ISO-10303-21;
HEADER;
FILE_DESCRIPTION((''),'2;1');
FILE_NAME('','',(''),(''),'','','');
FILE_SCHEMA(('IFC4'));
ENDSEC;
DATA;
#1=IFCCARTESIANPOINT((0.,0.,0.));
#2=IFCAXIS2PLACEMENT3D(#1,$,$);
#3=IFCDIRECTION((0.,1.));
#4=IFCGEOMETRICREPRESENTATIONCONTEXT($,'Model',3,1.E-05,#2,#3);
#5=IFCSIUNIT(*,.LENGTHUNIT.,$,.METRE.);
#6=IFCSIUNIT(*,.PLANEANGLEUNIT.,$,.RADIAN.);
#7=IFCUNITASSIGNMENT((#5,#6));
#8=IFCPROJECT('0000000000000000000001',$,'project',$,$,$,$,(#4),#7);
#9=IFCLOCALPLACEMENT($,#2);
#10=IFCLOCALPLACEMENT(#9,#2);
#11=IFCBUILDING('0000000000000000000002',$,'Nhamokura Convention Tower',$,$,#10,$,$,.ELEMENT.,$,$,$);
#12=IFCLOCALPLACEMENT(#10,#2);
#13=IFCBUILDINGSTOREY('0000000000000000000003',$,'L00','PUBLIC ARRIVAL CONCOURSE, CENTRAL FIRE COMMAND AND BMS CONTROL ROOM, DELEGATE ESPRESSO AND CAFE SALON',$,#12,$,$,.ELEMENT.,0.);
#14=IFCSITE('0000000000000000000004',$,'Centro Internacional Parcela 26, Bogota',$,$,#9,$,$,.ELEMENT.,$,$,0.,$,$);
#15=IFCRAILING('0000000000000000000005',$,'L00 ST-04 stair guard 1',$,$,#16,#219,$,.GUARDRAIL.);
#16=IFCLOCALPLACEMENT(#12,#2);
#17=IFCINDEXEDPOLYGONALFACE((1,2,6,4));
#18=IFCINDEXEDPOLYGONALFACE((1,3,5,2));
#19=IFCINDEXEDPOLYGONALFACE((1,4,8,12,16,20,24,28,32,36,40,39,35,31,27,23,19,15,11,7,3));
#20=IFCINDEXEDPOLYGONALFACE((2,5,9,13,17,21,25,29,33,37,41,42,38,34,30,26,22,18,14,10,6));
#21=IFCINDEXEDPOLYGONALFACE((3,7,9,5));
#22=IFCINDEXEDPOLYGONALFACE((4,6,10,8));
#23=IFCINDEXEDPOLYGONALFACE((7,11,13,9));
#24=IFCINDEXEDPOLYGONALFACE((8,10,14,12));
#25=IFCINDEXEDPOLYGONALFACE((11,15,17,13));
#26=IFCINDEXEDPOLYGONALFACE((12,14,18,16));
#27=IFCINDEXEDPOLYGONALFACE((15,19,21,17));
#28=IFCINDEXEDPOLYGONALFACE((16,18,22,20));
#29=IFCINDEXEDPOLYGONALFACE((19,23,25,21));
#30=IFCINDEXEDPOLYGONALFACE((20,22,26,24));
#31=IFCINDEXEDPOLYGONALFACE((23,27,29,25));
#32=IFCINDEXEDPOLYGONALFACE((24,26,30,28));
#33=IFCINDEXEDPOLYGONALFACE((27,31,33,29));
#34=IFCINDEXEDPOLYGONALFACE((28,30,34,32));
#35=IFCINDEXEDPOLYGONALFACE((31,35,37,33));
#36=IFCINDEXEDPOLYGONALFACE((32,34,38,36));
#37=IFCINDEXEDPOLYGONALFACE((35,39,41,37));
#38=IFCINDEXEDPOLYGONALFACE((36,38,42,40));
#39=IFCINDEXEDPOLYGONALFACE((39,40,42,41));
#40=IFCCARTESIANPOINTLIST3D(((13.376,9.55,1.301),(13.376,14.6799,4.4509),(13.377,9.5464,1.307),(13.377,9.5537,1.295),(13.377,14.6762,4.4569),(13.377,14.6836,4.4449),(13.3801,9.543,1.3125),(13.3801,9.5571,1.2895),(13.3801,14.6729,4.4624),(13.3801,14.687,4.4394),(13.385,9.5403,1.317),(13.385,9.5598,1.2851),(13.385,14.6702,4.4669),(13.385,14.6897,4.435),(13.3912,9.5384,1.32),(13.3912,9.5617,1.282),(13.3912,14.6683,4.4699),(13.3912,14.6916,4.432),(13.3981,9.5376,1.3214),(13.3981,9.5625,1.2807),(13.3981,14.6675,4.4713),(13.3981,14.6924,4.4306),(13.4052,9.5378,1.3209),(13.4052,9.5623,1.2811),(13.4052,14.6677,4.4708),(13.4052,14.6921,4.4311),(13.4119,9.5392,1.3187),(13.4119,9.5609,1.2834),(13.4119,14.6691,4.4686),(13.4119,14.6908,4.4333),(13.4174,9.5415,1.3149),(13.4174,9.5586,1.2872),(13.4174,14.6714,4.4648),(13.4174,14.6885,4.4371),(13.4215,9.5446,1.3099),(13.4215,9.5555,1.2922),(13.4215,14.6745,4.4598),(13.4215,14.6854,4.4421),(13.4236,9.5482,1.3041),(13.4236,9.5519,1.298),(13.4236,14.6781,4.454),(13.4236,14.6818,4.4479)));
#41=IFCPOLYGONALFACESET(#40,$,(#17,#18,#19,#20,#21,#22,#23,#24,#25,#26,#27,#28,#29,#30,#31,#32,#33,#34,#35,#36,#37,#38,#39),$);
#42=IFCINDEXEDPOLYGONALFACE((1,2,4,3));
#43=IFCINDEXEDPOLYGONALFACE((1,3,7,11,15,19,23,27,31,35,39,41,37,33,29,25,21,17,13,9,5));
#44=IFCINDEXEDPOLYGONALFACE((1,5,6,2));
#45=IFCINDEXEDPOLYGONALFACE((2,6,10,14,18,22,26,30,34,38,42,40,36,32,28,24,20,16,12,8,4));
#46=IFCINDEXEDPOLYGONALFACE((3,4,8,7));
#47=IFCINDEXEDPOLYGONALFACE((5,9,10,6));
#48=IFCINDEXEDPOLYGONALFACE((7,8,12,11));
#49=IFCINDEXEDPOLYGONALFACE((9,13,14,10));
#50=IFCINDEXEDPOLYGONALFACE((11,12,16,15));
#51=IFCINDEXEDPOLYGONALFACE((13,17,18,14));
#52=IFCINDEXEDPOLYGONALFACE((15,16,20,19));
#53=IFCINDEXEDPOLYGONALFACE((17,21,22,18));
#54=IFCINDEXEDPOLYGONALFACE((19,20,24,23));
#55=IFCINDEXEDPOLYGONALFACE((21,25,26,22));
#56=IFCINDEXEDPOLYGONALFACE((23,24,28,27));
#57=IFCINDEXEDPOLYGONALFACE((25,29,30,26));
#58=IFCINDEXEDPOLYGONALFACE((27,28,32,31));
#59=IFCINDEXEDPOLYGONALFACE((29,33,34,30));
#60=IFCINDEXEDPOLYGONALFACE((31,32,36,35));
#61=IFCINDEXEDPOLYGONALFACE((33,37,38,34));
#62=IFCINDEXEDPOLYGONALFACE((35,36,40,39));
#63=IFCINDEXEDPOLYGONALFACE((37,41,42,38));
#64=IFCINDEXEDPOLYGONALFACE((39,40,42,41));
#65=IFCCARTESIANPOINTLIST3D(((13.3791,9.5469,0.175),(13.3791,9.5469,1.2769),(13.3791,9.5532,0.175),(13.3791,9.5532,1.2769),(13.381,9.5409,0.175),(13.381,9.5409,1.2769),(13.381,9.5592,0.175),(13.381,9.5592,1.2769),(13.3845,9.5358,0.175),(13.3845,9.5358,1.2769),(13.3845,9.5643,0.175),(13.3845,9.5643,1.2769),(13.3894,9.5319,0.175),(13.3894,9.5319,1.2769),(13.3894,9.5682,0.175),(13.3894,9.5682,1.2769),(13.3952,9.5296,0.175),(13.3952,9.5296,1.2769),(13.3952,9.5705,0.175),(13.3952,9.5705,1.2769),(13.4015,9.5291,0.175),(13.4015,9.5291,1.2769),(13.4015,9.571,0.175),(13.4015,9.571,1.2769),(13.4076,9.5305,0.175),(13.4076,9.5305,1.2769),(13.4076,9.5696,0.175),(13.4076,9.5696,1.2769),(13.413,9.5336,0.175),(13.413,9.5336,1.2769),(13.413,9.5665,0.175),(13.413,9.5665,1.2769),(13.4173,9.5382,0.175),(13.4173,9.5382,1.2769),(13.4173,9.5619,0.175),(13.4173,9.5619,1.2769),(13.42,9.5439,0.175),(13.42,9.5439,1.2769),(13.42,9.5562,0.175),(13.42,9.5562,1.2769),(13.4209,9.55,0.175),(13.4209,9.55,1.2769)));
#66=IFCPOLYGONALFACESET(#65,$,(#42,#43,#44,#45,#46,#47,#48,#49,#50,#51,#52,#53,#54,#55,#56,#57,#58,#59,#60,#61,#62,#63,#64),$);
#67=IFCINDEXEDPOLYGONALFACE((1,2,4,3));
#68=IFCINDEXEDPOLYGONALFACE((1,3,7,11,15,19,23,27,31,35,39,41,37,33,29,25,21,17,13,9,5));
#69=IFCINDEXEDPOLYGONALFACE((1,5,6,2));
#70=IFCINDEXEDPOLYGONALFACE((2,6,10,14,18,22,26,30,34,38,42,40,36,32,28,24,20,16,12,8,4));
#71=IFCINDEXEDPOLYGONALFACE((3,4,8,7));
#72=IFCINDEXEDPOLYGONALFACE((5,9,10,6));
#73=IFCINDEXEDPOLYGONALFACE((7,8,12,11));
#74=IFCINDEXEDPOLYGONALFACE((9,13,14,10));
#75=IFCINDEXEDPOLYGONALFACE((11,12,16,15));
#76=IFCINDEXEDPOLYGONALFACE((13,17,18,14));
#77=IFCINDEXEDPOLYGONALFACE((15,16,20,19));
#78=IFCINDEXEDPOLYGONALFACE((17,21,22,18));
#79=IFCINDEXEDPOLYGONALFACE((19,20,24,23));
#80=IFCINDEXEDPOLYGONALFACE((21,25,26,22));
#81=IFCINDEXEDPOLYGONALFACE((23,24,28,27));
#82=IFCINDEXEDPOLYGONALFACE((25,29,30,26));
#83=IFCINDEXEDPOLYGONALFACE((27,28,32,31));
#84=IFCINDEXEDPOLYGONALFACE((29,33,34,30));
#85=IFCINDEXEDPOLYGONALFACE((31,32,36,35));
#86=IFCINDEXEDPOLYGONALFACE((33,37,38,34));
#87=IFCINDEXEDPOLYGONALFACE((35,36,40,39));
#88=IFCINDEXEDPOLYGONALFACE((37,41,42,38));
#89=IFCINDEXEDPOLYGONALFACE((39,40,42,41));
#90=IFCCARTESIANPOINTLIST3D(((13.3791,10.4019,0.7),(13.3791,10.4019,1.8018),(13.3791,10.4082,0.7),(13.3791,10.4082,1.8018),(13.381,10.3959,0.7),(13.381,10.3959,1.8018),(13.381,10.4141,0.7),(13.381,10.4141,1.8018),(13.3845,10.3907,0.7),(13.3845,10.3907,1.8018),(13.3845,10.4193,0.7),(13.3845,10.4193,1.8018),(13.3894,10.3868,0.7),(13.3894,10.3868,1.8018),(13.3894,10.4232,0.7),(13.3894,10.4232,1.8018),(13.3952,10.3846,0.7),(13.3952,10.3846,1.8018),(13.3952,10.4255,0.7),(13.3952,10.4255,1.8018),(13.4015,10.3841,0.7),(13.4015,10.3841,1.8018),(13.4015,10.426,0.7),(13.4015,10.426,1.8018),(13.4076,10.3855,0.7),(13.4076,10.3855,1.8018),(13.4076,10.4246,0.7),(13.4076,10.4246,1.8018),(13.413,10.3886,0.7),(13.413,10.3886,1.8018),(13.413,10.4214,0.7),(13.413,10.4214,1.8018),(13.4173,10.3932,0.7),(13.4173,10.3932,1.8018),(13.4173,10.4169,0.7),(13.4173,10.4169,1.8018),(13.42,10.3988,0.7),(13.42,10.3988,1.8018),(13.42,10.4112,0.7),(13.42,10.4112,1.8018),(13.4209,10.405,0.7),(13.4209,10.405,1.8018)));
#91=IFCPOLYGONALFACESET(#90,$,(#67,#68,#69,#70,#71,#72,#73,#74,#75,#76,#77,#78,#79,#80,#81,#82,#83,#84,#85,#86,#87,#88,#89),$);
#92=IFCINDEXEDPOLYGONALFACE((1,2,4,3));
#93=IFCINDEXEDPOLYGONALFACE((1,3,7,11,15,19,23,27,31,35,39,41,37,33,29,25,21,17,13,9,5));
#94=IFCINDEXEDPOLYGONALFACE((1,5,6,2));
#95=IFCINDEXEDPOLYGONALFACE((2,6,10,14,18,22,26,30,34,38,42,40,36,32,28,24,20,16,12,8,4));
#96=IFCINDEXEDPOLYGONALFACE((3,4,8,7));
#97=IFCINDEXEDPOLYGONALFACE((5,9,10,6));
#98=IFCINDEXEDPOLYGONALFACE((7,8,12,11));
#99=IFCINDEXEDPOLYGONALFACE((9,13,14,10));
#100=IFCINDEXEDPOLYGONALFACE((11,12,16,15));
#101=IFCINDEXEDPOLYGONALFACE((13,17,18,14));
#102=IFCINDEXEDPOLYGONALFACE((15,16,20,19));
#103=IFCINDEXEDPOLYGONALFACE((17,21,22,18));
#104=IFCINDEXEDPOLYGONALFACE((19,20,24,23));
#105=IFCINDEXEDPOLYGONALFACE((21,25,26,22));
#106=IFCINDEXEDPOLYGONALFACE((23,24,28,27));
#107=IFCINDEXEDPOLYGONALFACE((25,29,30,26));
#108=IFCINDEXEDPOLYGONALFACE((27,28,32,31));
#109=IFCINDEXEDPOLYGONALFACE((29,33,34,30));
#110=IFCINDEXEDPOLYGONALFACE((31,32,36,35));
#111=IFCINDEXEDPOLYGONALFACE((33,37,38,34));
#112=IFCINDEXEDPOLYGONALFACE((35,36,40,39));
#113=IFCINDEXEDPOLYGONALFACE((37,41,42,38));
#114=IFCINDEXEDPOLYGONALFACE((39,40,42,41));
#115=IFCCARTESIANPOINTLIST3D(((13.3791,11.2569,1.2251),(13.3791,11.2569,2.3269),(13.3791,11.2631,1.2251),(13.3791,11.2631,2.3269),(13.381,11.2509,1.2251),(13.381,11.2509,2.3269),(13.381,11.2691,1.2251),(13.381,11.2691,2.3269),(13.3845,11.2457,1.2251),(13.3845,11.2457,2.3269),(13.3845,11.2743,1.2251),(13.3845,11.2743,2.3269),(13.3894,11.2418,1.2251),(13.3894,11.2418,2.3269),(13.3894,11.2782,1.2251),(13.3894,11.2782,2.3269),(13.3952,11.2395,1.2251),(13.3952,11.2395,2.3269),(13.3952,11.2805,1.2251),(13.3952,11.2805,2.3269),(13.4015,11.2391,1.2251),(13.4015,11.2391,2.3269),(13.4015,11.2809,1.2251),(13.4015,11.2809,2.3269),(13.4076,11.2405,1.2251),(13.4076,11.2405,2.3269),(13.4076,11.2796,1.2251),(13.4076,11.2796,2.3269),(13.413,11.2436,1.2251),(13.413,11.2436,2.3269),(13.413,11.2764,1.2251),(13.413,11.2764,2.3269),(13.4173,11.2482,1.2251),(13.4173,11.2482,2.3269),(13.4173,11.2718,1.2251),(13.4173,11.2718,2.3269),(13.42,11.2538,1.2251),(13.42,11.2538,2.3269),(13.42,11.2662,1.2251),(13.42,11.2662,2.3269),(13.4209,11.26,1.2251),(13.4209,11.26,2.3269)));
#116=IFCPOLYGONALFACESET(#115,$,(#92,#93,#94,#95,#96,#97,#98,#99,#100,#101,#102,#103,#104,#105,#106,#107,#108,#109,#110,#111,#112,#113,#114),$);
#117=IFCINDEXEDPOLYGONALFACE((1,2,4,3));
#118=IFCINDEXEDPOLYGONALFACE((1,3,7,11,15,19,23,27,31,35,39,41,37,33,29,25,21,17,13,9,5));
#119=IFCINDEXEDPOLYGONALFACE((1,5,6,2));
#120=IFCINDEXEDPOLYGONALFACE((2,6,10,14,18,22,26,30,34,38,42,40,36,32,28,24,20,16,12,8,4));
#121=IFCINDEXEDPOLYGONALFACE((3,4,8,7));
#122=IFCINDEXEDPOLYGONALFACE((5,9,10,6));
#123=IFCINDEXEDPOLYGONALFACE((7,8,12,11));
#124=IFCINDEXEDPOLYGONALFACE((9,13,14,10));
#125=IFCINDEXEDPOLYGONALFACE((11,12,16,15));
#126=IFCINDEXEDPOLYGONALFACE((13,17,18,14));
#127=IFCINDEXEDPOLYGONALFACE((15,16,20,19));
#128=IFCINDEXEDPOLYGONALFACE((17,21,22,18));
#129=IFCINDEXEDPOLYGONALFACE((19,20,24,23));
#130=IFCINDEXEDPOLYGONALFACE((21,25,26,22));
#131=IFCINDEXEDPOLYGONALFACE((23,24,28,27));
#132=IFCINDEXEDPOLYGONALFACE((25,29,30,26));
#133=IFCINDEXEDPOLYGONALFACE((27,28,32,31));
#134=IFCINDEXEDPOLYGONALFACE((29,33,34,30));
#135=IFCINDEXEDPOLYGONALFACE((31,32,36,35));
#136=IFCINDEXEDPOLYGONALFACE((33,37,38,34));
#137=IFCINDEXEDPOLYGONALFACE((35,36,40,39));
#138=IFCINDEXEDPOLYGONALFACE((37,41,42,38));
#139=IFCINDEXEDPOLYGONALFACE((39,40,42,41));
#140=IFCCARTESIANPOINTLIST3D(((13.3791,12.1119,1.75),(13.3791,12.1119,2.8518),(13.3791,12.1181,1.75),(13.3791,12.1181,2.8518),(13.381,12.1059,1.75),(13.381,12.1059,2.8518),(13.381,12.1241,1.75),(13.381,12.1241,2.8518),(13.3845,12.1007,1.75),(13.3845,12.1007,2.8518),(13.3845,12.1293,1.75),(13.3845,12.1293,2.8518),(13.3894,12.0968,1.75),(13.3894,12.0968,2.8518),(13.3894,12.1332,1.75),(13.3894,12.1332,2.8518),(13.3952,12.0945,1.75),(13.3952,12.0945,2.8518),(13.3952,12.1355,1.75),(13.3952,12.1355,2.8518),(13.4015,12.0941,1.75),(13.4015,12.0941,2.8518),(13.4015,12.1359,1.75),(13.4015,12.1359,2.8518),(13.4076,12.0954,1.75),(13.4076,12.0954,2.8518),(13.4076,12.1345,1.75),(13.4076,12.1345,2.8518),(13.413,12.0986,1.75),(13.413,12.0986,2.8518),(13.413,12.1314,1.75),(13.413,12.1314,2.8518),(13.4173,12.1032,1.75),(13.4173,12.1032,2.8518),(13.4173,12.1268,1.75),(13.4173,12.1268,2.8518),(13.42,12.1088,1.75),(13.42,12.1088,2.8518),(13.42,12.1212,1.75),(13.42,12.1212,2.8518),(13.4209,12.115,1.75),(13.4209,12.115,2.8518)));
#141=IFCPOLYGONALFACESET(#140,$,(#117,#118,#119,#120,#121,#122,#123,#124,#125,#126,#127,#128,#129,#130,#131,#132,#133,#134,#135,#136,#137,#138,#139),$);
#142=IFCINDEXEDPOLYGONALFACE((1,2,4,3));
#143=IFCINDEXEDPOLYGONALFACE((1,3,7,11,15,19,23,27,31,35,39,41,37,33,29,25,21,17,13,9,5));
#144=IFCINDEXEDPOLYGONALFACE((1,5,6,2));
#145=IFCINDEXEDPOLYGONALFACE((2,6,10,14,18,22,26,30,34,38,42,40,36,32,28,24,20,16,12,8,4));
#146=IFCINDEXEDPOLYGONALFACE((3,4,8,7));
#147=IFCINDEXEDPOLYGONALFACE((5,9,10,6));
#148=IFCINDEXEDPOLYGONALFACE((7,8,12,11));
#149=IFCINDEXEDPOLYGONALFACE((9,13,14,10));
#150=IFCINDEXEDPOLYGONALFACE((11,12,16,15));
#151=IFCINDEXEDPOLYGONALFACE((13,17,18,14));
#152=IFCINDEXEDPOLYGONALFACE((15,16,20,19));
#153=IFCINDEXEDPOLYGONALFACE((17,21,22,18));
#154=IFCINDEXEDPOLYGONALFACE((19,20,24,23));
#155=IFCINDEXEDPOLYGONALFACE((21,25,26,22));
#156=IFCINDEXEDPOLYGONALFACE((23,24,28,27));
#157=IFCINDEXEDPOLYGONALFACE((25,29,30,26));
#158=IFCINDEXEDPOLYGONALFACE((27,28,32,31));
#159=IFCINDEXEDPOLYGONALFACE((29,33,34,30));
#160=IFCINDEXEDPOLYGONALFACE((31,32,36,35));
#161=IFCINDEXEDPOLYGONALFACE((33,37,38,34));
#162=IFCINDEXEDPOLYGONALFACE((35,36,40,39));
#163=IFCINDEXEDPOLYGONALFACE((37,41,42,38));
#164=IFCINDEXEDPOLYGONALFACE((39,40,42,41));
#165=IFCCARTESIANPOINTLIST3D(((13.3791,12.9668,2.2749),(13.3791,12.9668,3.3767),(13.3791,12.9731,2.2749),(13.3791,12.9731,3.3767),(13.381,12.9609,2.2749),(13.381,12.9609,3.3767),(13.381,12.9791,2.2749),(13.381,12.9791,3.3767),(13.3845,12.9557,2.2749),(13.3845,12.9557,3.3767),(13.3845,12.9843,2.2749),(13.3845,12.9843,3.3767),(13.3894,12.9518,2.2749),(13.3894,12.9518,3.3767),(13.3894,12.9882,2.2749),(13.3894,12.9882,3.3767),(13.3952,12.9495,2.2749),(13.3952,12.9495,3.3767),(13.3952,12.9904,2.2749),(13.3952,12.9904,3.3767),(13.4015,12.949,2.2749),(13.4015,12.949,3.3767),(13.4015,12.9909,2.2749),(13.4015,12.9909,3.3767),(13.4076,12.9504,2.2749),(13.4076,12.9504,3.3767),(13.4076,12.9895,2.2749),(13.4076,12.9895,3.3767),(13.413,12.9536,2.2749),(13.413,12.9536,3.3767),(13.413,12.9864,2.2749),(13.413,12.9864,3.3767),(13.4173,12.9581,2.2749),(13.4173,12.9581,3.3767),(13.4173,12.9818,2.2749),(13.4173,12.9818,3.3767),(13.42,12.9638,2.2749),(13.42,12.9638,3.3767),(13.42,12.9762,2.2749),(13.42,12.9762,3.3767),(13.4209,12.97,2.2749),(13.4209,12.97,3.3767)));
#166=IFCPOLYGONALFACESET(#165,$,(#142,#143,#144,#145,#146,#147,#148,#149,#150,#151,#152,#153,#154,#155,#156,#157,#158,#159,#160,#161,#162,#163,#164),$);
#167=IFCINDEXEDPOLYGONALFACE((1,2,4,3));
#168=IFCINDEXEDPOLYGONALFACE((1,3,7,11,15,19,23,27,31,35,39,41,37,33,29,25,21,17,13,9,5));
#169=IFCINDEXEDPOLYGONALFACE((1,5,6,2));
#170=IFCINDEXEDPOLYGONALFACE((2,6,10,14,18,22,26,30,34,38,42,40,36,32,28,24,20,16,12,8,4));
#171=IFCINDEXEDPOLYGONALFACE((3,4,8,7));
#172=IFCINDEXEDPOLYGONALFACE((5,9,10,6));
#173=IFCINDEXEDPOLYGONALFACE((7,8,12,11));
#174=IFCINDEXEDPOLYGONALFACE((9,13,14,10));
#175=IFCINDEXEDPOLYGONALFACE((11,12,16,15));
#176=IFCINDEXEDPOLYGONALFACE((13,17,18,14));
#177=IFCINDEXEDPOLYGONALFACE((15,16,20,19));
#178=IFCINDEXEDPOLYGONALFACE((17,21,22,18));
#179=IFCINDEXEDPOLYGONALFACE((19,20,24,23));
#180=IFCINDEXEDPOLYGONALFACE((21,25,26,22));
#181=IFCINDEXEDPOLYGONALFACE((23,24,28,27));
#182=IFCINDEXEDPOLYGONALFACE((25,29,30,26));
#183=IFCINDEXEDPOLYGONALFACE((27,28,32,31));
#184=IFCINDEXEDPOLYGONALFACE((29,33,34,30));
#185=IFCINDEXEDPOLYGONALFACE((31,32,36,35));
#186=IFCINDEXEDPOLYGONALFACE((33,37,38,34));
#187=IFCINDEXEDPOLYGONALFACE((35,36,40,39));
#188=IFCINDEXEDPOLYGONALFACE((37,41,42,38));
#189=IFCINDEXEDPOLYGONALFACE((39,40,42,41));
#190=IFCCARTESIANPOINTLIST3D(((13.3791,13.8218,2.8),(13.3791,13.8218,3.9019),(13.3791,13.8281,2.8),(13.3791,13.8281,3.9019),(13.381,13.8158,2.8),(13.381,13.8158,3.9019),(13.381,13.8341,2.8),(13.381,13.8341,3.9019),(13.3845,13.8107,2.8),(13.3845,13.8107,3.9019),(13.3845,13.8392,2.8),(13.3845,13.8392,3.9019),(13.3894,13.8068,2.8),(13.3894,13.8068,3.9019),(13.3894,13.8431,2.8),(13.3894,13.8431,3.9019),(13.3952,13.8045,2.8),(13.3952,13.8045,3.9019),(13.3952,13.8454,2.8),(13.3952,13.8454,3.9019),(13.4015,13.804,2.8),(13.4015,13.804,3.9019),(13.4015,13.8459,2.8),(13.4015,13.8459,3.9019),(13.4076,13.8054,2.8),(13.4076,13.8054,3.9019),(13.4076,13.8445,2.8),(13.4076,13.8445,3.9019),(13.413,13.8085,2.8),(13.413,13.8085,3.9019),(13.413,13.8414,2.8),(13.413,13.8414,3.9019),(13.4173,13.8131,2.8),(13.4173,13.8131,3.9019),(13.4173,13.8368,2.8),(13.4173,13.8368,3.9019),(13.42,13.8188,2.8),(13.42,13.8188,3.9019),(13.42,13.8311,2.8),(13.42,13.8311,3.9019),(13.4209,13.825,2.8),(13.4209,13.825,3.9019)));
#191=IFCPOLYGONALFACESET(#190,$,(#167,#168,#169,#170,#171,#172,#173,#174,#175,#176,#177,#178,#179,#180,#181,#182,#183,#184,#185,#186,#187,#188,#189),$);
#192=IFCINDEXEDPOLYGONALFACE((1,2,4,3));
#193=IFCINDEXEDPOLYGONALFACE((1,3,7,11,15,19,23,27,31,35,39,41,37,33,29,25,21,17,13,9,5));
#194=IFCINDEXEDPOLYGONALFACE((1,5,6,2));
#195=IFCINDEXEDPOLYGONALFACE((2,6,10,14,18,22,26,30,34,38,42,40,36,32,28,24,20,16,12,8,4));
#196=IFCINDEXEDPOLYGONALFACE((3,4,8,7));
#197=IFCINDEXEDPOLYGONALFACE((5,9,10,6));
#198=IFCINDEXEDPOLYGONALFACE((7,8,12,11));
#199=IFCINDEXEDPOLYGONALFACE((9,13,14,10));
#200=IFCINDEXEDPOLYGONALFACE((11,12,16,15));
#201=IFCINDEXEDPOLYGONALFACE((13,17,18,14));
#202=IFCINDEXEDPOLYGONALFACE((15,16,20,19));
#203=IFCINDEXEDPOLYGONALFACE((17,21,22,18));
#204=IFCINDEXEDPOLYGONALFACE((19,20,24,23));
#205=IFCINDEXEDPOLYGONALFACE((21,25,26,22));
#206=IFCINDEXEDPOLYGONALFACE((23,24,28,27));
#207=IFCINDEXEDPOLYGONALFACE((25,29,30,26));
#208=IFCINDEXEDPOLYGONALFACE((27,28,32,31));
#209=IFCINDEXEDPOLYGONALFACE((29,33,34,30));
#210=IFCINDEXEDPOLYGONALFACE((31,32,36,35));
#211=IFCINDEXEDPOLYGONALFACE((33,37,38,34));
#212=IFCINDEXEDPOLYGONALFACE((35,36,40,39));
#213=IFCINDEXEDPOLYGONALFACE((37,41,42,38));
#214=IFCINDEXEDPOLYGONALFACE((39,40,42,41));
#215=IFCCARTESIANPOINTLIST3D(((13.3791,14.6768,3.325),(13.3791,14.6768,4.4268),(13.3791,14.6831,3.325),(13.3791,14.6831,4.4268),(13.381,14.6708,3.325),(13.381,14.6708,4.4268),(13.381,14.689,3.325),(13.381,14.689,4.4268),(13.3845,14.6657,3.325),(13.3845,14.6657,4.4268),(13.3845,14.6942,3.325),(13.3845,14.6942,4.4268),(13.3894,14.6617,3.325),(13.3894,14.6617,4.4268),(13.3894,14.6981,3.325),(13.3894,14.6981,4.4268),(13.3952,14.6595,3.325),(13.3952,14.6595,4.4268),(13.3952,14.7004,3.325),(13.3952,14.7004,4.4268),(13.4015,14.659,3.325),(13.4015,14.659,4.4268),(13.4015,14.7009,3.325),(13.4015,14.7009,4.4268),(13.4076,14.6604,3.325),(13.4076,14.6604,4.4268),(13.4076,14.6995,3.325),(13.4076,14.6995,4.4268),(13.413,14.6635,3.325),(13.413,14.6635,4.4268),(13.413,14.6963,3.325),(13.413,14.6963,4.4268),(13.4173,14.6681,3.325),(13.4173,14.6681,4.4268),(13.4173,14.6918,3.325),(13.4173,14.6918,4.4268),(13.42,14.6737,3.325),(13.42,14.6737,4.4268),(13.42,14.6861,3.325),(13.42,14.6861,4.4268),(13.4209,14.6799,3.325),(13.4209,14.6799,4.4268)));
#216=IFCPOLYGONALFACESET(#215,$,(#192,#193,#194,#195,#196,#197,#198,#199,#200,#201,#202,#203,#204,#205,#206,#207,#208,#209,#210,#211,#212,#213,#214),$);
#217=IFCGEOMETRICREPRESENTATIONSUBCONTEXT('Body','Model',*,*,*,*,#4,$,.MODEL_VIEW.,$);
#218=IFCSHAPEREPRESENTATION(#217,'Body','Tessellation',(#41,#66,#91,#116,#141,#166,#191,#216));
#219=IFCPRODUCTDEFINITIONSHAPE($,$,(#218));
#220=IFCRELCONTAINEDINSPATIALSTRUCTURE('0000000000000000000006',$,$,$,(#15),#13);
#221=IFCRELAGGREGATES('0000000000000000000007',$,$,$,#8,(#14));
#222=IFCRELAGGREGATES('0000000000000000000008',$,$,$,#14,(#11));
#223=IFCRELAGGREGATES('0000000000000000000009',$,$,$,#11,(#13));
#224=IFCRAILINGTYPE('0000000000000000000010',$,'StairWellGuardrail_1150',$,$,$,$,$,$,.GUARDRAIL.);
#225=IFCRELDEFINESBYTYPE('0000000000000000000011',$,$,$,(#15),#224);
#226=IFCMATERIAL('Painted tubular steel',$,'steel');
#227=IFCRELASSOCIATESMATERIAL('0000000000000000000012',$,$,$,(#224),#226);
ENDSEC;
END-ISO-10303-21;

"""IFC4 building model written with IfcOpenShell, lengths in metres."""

from ifc_helpers import new_model, si_unit, direction, frame, origin, origin_2d, place, context, subcontext, project, spatial, circle, extrude, material, type_object, element, save


model = new_model("IFC4")

# Units and contexts
model_context = context("Model", 3, precision=1e-05, world=origin(), true_north=direction((0.0, 1.0)))
body_context = subcontext(model_context, "Body", "Model", "MODEL_VIEW")
ifc_project = project(units=[si_unit("LENGTHUNIT", "METRE"), si_unit("PLANEANGLEUNIT", "RADIAN")], contexts=[model_context])

# Site, building, storey
site_placement = place(None, origin())
site = spatial("IfcSite", under=ifc_project, at=site_placement, Name="Centro Internacional Parcela 26, Bogota", CompositionType="ELEMENT", RefElevation=0.0)
building_placement = place(site_placement, origin())
building = spatial("IfcBuilding", under=site, at=building_placement, Name="Nhamokura Convention Tower", CompositionType="ELEMENT")
storey_placement = place(building_placement, origin())
storey = spatial("IfcBuildingStorey", under=building, at=storey_placement, Name="L00", Description="PUBLIC ARRIVAL CONCOURSE, CENTRAL FIRE COMMAND AND BMS CONTROL ROOM, DELEGATE ESPRESSO AND CAFE SALON", CompositionType="ELEMENT", Elevation=0.0)

# Railing
ifc_material_1 = material(Name="Painted tubular steel", Category="steel")
railing_type = type_object("IfcRailingType", Name="StairWellGuardrail_1150", PredefinedType="GUARDRAIL", material=ifc_material_1)
railing_1_placement = place(storey_placement, frame((13.3999, 9.55, 0.175)))
element("IfcRailing", 1, at=railing_1_placement, inside=storey, type_object=railing_type, Name="L00 ST-04 stair guard 1", PredefinedType="GUARDRAIL", context=body_context, shape_type="SweptSolid", body=[
    extrude(circle(Radius=0.0239, at=origin_2d()), frame((0.0, 0.0, 1.126), z_axis=(0.0, 0.852173, 0.52326), x_axis=(-1.0, 0.0, 0.0)), (0.0, 0.0, 1.0), 6.0198),
    extrude(circle(Radius=0.021, at=origin_2d()), origin(), (0.0, 0.0, 1.0), 1.1018),
    extrude(circle(Radius=0.021, at=origin_2d()), frame((0.0, 0.855, 0.5249)), (0.0, 0.0, 1.0), 1.1018),
    extrude(circle(Radius=0.021, at=origin_2d()), frame((0.0, 1.71, 1.05)), (0.0, 0.0, 1.0), 1.1018),
    extrude(circle(Radius=0.021, at=origin_2d()), frame((0.0, 2.5649, 1.575)), (0.0, 0.0, 1.0), 1.1018),
    extrude(circle(Radius=0.021, at=origin_2d()), frame((0.0, 3.4199, 2.0999)), (0.0, 0.0, 1.0), 1.1018),
    extrude(circle(Radius=0.021, at=origin_2d()), frame((0.0, 4.2749, 2.625)), (0.0, 0.0, 1.0), 1.1018),
    extrude(circle(Radius=0.021, at=origin_2d()), frame((0.0, 5.1299, 3.1499)), (0.0, 0.0, 1.0), 1.1018),
])

save(model, "model.ifc")
